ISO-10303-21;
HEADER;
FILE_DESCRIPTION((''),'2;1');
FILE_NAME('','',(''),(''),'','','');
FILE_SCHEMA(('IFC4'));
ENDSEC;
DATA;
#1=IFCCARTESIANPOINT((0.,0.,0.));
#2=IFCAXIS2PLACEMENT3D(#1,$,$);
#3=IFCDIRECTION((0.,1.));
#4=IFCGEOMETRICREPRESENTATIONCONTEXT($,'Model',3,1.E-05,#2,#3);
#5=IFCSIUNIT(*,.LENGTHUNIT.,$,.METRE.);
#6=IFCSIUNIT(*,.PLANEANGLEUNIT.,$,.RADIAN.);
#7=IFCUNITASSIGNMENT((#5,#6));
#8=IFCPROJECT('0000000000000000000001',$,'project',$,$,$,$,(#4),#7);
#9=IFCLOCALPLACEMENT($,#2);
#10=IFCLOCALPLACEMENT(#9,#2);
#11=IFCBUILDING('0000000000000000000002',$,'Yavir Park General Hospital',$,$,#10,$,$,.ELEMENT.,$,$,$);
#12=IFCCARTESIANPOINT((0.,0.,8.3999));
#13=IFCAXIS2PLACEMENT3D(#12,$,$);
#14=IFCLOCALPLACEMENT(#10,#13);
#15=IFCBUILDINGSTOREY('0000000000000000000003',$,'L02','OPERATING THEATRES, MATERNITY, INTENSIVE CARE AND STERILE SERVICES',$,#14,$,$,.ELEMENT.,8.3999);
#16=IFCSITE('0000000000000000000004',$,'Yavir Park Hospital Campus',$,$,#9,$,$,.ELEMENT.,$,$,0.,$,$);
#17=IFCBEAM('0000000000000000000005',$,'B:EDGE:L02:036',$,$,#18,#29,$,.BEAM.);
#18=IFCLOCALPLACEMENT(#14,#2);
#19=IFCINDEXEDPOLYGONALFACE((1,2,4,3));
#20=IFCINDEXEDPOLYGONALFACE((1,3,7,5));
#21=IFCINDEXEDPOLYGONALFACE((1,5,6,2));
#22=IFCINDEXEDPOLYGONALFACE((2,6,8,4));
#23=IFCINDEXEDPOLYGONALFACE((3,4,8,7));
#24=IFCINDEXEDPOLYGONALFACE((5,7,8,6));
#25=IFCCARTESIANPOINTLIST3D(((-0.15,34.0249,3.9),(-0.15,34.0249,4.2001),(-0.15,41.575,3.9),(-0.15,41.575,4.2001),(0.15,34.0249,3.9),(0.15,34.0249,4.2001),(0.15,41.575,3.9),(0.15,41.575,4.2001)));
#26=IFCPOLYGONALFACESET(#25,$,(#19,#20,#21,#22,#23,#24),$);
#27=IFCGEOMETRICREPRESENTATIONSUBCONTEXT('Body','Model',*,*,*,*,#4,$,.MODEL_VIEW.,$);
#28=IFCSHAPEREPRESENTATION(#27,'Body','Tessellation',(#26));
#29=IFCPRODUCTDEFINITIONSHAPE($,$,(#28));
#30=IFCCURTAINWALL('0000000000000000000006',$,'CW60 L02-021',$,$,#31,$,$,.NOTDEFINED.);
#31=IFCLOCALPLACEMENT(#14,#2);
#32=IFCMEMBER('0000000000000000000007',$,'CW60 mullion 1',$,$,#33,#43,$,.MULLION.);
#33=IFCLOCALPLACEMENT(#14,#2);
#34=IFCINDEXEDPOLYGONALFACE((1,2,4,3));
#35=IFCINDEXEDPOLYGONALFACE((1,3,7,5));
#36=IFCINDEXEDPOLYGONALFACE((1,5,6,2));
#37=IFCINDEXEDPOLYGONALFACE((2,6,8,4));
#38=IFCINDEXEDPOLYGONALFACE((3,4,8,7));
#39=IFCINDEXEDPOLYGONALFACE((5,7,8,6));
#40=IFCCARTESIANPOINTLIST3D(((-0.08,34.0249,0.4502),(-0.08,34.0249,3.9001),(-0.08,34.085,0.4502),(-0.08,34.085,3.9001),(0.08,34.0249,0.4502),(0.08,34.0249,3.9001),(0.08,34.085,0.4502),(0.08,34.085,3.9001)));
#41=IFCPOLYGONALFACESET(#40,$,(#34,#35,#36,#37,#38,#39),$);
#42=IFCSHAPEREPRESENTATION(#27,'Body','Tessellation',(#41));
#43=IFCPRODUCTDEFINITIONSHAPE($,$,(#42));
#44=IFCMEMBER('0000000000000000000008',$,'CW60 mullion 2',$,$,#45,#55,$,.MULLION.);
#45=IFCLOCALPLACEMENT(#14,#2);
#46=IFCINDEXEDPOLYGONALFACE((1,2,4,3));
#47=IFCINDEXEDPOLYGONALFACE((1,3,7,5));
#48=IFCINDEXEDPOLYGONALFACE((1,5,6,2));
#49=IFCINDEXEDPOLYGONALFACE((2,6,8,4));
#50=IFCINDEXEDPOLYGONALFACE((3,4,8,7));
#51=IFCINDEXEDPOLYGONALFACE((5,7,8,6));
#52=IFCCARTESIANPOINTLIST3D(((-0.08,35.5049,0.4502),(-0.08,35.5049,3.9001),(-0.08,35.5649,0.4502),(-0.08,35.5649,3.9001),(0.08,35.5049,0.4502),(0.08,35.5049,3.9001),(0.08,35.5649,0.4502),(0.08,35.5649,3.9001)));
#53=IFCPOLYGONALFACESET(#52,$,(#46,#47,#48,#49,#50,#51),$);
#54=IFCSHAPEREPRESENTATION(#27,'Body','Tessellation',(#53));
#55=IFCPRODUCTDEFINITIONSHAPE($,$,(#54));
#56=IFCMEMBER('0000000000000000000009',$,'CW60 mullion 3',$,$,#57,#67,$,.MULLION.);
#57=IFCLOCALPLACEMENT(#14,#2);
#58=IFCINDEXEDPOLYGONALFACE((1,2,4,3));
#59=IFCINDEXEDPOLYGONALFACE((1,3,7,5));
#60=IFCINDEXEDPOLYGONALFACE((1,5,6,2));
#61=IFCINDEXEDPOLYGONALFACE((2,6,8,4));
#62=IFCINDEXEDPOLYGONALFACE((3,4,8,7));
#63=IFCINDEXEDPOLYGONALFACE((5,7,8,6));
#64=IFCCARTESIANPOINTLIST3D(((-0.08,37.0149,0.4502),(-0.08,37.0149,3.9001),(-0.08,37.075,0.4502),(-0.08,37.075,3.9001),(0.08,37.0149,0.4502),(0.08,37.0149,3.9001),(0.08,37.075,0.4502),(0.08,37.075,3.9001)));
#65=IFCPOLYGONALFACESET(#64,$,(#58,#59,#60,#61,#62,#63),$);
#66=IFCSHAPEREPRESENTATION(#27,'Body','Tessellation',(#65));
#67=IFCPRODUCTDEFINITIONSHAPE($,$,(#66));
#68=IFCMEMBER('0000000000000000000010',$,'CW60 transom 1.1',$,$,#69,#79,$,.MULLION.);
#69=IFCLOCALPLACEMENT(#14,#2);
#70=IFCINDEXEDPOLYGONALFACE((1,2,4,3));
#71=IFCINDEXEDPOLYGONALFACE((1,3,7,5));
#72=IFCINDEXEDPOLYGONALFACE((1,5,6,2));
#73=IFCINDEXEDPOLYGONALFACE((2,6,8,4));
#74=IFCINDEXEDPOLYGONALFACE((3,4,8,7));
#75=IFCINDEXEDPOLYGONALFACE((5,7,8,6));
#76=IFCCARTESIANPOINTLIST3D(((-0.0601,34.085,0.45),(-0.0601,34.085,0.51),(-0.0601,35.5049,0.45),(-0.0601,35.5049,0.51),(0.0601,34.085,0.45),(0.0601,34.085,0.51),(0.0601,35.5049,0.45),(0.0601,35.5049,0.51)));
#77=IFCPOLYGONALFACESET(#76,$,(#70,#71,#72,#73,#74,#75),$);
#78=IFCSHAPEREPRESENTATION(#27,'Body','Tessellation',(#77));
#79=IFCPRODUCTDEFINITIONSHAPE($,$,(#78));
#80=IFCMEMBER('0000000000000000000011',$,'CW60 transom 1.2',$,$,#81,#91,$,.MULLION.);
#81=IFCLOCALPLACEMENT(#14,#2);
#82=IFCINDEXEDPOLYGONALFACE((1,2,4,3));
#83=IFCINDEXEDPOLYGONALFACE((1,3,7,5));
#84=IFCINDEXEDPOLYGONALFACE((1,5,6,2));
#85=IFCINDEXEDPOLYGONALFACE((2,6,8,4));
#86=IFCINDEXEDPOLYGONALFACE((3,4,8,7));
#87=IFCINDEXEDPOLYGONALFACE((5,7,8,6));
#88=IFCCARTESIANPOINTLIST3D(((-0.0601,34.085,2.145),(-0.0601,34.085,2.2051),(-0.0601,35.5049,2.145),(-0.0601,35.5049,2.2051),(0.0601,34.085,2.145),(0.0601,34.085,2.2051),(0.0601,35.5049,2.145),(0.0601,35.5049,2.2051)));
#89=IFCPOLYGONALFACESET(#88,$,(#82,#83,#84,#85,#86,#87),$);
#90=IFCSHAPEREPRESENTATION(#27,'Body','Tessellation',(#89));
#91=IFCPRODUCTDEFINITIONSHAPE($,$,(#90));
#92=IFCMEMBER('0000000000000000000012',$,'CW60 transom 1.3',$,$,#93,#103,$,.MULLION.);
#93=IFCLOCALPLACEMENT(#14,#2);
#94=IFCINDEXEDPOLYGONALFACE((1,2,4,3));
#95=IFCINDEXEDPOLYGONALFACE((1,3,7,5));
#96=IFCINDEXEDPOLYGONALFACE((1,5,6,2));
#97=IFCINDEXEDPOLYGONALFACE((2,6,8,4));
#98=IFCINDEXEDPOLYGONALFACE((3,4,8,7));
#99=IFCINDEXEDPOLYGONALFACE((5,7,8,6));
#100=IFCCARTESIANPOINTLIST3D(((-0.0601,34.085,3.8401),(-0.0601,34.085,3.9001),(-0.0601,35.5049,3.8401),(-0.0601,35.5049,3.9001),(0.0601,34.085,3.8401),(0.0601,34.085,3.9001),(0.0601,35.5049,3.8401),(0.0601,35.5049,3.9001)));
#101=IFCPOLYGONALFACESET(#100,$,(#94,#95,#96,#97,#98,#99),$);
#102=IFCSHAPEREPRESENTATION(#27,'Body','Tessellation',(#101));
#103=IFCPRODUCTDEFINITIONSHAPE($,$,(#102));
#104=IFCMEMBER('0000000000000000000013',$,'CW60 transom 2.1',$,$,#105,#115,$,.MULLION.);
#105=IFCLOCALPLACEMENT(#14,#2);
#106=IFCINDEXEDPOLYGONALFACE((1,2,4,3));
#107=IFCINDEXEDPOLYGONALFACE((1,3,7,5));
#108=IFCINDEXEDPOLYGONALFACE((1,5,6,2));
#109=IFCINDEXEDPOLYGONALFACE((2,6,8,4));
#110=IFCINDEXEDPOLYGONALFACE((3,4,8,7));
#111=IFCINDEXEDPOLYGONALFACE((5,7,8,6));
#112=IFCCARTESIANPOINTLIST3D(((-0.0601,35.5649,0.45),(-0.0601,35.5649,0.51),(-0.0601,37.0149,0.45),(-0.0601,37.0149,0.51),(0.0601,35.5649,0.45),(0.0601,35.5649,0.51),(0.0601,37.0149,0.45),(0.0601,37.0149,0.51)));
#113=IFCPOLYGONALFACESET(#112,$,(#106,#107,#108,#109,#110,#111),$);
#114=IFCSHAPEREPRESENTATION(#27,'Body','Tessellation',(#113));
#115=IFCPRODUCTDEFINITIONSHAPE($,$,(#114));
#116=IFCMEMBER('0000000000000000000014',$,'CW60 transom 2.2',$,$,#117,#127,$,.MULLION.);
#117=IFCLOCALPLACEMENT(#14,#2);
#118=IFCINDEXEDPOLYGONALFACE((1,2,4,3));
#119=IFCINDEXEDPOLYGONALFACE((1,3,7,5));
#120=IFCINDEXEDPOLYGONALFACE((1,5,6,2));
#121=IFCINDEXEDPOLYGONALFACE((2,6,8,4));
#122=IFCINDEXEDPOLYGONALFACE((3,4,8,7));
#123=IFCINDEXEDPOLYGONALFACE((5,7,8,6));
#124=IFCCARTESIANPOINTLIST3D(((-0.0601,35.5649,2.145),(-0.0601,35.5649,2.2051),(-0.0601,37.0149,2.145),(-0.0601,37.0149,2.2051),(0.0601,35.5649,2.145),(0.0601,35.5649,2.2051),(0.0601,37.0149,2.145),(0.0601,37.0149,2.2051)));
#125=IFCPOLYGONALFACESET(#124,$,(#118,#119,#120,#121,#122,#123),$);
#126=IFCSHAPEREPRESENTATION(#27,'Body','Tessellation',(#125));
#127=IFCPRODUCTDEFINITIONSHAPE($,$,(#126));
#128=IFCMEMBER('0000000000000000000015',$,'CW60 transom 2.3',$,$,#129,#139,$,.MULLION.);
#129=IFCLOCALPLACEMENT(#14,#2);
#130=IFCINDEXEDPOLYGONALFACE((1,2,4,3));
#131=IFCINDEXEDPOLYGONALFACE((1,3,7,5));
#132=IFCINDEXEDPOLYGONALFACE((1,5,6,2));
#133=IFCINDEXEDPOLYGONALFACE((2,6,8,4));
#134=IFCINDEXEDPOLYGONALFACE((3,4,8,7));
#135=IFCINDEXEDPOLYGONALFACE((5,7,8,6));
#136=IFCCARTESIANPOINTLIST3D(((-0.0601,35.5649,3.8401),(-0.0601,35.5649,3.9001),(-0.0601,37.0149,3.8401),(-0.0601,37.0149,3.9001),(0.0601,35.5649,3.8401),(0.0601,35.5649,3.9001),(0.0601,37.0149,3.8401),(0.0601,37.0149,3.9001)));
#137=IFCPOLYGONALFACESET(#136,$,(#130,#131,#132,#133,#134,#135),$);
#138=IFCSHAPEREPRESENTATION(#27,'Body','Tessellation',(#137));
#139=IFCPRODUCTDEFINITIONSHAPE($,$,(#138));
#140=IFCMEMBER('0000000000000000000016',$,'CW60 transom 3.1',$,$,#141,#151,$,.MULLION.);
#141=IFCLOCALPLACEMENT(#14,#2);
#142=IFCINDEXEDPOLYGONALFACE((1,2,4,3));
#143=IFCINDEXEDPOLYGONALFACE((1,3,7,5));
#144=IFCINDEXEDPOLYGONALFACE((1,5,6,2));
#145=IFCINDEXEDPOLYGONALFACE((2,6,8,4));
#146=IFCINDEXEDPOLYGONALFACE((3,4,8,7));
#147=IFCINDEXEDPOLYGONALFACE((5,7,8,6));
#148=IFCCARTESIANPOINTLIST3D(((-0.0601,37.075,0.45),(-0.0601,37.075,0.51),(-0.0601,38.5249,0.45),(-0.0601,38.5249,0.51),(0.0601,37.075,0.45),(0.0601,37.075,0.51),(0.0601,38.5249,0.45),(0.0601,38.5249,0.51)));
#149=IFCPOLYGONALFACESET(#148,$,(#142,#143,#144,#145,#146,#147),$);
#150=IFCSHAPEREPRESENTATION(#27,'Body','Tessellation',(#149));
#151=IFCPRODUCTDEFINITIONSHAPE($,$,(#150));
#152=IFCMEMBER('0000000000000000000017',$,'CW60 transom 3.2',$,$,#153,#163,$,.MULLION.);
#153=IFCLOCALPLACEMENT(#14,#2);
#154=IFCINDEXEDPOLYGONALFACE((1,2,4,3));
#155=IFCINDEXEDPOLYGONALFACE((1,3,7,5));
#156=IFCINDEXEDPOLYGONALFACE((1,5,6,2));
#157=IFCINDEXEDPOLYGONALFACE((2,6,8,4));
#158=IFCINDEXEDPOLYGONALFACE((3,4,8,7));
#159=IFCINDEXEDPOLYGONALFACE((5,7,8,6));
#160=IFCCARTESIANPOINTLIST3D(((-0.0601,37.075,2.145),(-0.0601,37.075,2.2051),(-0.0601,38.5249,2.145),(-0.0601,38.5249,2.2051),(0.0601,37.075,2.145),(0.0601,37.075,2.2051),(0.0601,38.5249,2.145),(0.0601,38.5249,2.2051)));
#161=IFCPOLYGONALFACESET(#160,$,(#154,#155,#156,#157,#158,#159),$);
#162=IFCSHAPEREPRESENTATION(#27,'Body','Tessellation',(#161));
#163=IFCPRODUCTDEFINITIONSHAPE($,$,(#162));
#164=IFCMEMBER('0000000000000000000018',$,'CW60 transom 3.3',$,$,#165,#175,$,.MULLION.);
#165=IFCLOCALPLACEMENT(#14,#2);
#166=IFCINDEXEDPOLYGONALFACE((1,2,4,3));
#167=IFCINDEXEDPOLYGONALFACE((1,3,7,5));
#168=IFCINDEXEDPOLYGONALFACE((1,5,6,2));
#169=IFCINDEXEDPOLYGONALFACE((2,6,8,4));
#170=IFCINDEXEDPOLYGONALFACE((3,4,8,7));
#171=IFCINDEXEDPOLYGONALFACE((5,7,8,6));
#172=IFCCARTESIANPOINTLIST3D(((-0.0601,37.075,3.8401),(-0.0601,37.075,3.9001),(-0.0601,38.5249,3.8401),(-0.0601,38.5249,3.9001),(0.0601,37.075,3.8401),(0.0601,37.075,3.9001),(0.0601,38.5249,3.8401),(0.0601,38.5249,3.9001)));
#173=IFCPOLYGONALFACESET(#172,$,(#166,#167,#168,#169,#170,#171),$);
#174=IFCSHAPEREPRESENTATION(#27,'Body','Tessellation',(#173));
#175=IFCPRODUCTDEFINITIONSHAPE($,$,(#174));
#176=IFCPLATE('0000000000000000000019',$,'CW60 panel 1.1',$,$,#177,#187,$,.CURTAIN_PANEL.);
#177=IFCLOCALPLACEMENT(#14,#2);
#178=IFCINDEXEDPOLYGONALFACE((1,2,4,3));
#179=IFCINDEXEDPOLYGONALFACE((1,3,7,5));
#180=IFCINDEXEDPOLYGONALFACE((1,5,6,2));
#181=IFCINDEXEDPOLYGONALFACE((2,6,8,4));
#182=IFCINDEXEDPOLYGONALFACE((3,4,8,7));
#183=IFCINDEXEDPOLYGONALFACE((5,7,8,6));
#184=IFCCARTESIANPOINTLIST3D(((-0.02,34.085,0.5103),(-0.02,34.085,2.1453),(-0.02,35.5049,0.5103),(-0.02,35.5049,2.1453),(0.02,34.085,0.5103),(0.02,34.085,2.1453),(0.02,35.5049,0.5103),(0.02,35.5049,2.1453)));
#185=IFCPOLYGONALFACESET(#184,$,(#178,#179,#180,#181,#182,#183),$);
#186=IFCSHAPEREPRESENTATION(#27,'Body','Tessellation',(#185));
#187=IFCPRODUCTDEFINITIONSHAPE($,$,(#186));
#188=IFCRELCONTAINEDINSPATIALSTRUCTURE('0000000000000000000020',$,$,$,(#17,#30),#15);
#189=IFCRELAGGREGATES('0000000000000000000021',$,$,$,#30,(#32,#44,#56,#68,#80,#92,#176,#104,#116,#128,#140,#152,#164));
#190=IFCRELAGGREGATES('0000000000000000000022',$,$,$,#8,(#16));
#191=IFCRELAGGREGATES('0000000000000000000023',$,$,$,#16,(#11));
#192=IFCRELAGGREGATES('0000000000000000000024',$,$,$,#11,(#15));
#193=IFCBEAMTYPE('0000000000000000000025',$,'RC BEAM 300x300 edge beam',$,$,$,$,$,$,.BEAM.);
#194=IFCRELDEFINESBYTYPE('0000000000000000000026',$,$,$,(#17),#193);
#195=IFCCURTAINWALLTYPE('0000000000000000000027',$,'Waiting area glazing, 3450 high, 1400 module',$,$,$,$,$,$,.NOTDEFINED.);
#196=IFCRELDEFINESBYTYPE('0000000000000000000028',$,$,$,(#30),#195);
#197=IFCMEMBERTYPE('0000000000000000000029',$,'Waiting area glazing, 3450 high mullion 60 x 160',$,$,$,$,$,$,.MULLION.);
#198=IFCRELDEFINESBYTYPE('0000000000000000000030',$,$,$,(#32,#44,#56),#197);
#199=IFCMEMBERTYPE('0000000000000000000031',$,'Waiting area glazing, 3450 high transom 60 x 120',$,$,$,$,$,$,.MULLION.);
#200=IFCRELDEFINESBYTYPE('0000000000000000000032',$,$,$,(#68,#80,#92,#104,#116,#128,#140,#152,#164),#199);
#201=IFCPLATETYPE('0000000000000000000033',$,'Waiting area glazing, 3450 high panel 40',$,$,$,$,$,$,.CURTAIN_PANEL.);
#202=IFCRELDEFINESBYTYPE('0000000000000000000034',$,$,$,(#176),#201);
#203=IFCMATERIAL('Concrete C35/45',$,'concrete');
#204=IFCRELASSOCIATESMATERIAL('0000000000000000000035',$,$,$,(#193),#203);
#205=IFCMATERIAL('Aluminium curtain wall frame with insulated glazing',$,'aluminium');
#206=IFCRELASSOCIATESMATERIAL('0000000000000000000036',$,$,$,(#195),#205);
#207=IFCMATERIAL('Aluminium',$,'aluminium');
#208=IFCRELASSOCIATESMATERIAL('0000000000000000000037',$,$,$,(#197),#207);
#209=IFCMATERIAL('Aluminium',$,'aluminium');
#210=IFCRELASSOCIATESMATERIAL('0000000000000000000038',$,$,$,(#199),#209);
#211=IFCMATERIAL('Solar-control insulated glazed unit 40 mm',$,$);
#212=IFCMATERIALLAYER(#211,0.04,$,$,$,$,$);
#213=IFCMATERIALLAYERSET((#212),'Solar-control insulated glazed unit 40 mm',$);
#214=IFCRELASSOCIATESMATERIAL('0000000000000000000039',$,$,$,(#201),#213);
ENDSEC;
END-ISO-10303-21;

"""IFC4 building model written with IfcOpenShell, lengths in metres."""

from ifc_helpers import new_model, si_unit, direction, frame, origin, origin_2d, place, context, subcontext, project, spatial, rectangle, extrude, material, layer, layer_set, material_profile, profile_set, type_object, element, aggregate, save


model = new_model("IFC4")

# Units and contexts
model_context = context("Model", 3, precision=1e-05, world=origin(), true_north=direction((0.0, 1.0)))
body_context = subcontext(model_context, "Body", "Model", "MODEL_VIEW")
ifc_project = project(units=[si_unit("LENGTHUNIT", "METRE"), si_unit("PLANEANGLEUNIT", "RADIAN")], contexts=[model_context])

# Site, building, storey
site_placement = place(None, origin())
site = spatial("IfcSite", under=ifc_project, at=site_placement, Name="Yavir Park Hospital Campus", CompositionType="ELEMENT", RefElevation=0.0)
building_placement = place(site_placement, origin())
building = spatial("IfcBuilding", under=site, at=building_placement, Name="Yavir Park General Hospital", CompositionType="ELEMENT")
storey_placement = place(building_placement, frame((0.0, 0.0, 8.3999)))
storey = spatial("IfcBuildingStorey", under=building, at=storey_placement, Name="L02", Description="OPERATING THEATRES, MATERNITY, INTENSIVE CARE AND STERILE SERVICES", CompositionType="ELEMENT", Elevation=8.3999)

# Beam
ifc_material_1 = material(Name="Concrete C35/45", Category="concrete")
ifc_material_profile_1 = material_profile(ifc_material_1, rectangle(XDim=0.3, YDim=0.3, at=origin_2d()), Name="RC300x300")
ifc_profile_set_1 = profile_set([ifc_material_profile_1], Name="Concrete C35/45")
beam_type = type_object("IfcBeamType", Name="RC BEAM 300x300 edge beam", PredefinedType="BEAM", material=ifc_profile_set_1)
beam_placement = place(storey_placement, frame((0.0, 34.0249, 4.05), z_axis=(0.0, 1.0, 0.0), x_axis=(-1.0, 0.0, 0.0)))
element("IfcBeam", 1, at=beam_placement, inside=storey, type_object=beam_type, Name="B:EDGE:L02:036", PredefinedType="BEAM", context=body_context, shape_type="SweptSolid", body=[
    extrude(rectangle(XDim=0.3, YDim=0.3, at=origin_2d()), origin(), (0.0, 0.0, 1.0), 7.55),
])

# Curtain wall, members, plate
ifc_material_2 = material(Name="Aluminium curtain wall frame with insulated glazing", Category="aluminium")
curtain_wall_type = type_object("IfcCurtainWallType", Name="Waiting area glazing, 3450 high, 1400 module", PredefinedType="NOTDEFINED", material=ifc_material_2)
curtain_wall_placement = place(storey_placement, origin())
curtain_wall = element("IfcCurtainWall", 2, at=curtain_wall_placement, inside=storey, type_object=curtain_wall_type, Name="CW60 L02-021", PredefinedType="NOTDEFINED")
ifc_material_3 = material(Name="Aluminium", Category="aluminium")
ifc_material_profile_2 = material_profile(ifc_material_3, rectangle(XDim=0.1599, YDim=0.0601, at=origin_2d()), Name="AL 60x160")
ifc_profile_set_2 = profile_set([ifc_material_profile_2], Name="Aluminium")
member_type_1 = type_object("IfcMemberType", Name="Waiting area glazing, 3450 high mullion 60 x 160", PredefinedType="MULLION", material=ifc_profile_set_2)
member_1_placement = place(storey_placement, frame((0.0, 34.0549, 0.4502), z_axis=(0.0, 0.0, 1.0), x_axis=(-1.0, 0.0, 0.0)))
member_1 = element("IfcMember", 3, at=member_1_placement, type_object=member_type_1, Name="CW60 mullion 1", PredefinedType="MULLION", context=body_context, shape_type="SweptSolid", body=[
    extrude(rectangle(XDim=0.1599, YDim=0.0601, at=origin_2d()), origin(), (0.0, 0.0, 1.0), 3.45),
])
member_2_placement = place(storey_placement, frame((0.0, 35.5349, 0.4502), z_axis=(0.0, 0.0, 1.0), x_axis=(-1.0, 0.0, 0.0)))
member_2 = element("IfcMember", 4, at=member_2_placement, type_object=member_type_1, Name="CW60 mullion 2", PredefinedType="MULLION", context=body_context, shape_type="SweptSolid", body=[
    extrude(rectangle(XDim=0.1599, YDim=0.0601, at=origin_2d()), origin(), (0.0, 0.0, 1.0), 3.45),
])
member_3_placement = place(storey_placement, frame((0.0, 37.0449, 0.4502), z_axis=(0.0, 0.0, 1.0), x_axis=(-1.0, 0.0, 0.0)))
member_3 = element("IfcMember", 5, at=member_3_placement, type_object=member_type_1, Name="CW60 mullion 3", PredefinedType="MULLION", context=body_context, shape_type="SweptSolid", body=[
    extrude(rectangle(XDim=0.1599, YDim=0.0601, at=origin_2d()), origin(), (0.0, 0.0, 1.0), 3.45),
])
ifc_material_4 = material(Name="Aluminium", Category="aluminium")
ifc_material_profile_3 = material_profile(ifc_material_4, rectangle(XDim=0.1201, YDim=0.0601, at=origin_2d()), Name="AL 120x60")
ifc_profile_set_3 = profile_set([ifc_material_profile_3], Name="Aluminium")
member_type_2 = type_object("IfcMemberType", Name="Waiting area glazing, 3450 high transom 60 x 120", PredefinedType="MULLION", material=ifc_profile_set_3)
member_4_placement = place(storey_placement, frame((0.0, 34.085, 0.48), z_axis=(0.0, 1.0, 0.0), x_axis=(-1.0, 0.0, 0.0)))
member_4 = element("IfcMember", 6, at=member_4_placement, type_object=member_type_2, Name="CW60 transom 1.1", PredefinedType="MULLION", context=body_context, shape_type="SweptSolid", body=[
    extrude(rectangle(XDim=0.1201, YDim=0.0601, at=origin_2d()), origin(), (0.0, 0.0, 1.0), 1.4199),
])
member_5_placement = place(storey_placement, frame((0.0, 34.085, 2.175), z_axis=(0.0, 1.0, 0.0), x_axis=(-1.0, 0.0, 0.0)))
member_5 = element("IfcMember", 7, at=member_5_placement, type_object=member_type_2, Name="CW60 transom 1.2", PredefinedType="MULLION", context=body_context, shape_type="SweptSolid", body=[
    extrude(rectangle(XDim=0.1201, YDim=0.0601, at=origin_2d()), origin(), (0.0, 0.0, 1.0), 1.4199),
])
member_6_placement = place(storey_placement, frame((0.0, 34.085, 3.8701), z_axis=(0.0, 1.0, 0.0), x_axis=(-1.0, 0.0, 0.0)))
member_6 = element("IfcMember", 8, at=member_6_placement, type_object=member_type_2, Name="CW60 transom 1.3", PredefinedType="MULLION", context=body_context, shape_type="SweptSolid", body=[
    extrude(rectangle(XDim=0.1201, YDim=0.0601, at=origin_2d()), origin(), (0.0, 0.0, 1.0), 1.4199),
])
member_7_placement = place(storey_placement, frame((0.0, 35.5649, 0.48), z_axis=(0.0, 1.0, 0.0), x_axis=(-1.0, 0.0, 0.0)))
member_7 = element("IfcMember", 9, at=member_7_placement, type_object=member_type_2, Name="CW60 transom 2.1", PredefinedType="MULLION", context=body_context, shape_type="SweptSolid", body=[
    extrude(rectangle(XDim=0.1201, YDim=0.0601, at=origin_2d()), origin(), (0.0, 0.0, 1.0), 1.45),
])
member_8_placement = place(storey_placement, frame((0.0, 35.5649, 2.175), z_axis=(0.0, 1.0, 0.0), x_axis=(-1.0, 0.0, 0.0)))
member_8 = element("IfcMember", 10, at=member_8_placement, type_object=member_type_2, Name="CW60 transom 2.2", PredefinedType="MULLION", context=body_context, shape_type="SweptSolid", body=[
    extrude(rectangle(XDim=0.1201, YDim=0.0601, at=origin_2d()), origin(), (0.0, 0.0, 1.0), 1.45),
])
member_9_placement = place(storey_placement, frame((0.0, 35.5649, 3.8701), z_axis=(0.0, 1.0, 0.0), x_axis=(-1.0, 0.0, 0.0)))
member_9 = element("IfcMember", 11, at=member_9_placement, type_object=member_type_2, Name="CW60 transom 2.3", PredefinedType="MULLION", context=body_context, shape_type="SweptSolid", body=[
    extrude(rectangle(XDim=0.1201, YDim=0.0601, at=origin_2d()), origin(), (0.0, 0.0, 1.0), 1.45),
])
member_10_placement = place(storey_placement, frame((0.0, 37.075, 0.48), z_axis=(0.0, 1.0, 0.0), x_axis=(-1.0, 0.0, 0.0)))
member_10 = element("IfcMember", 12, at=member_10_placement, type_object=member_type_2, Name="CW60 transom 3.1", PredefinedType="MULLION", context=body_context, shape_type="SweptSolid", body=[
    extrude(rectangle(XDim=0.1201, YDim=0.0601, at=origin_2d()), origin(), (0.0, 0.0, 1.0), 1.45),
])
member_11_placement = place(storey_placement, frame((0.0, 37.075, 2.175), z_axis=(0.0, 1.0, 0.0), x_axis=(-1.0, 0.0, 0.0)))
member_11 = element("IfcMember", 13, at=member_11_placement, type_object=member_type_2, Name="CW60 transom 3.2", PredefinedType="MULLION", context=body_context, shape_type="SweptSolid", body=[
    extrude(rectangle(XDim=0.1201, YDim=0.0601, at=origin_2d()), origin(), (0.0, 0.0, 1.0), 1.45),
])
member_12_placement = place(storey_placement, frame((0.0, 37.075, 3.8701), z_axis=(0.0, 1.0, 0.0), x_axis=(-1.0, 0.0, 0.0)))
member_12 = element("IfcMember", 14, at=member_12_placement, type_object=member_type_2, Name="CW60 transom 3.3", PredefinedType="MULLION", context=body_context, shape_type="SweptSolid", body=[
    extrude(rectangle(XDim=0.1201, YDim=0.0601, at=origin_2d()), origin(), (0.0, 0.0, 1.0), 1.45),
])
ifc_material_5 = material(Name="Solar-control insulated glazed unit 40 mm")
ifc_layer_1 = layer(ifc_material_5, 0.04)
ifc_layer_set_1 = layer_set([ifc_layer_1], Name="Solar-control insulated glazed unit 40 mm")
plate_type = type_object("IfcPlateType", Name="Waiting area glazing, 3450 high panel 40", PredefinedType="CURTAIN_PANEL", material=ifc_layer_set_1)
plate_1_placement = place(storey_placement, frame((0.0, 34.7949, 0.5103), z_axis=(0.0, 0.0, 1.0), x_axis=(0.0, 1.0, 0.0)))
plate_1 = element("IfcPlate", 15, at=plate_1_placement, type_object=plate_type, Name="CW60 panel 1.1", PredefinedType="CURTAIN_PANEL", context=body_context, shape_type="SweptSolid", body=[
    extrude(rectangle(XDim=1.4199, YDim=0.04, at=origin_2d()), origin(), (0.0, 0.0, 1.0), 1.635),
])
aggregate(curtain_wall, [member_1, member_2, member_3, member_4, member_5, member_6, plate_1, member_7, member_8, member_9, member_10, member_11, member_12])

save(model, "model.ifc")
